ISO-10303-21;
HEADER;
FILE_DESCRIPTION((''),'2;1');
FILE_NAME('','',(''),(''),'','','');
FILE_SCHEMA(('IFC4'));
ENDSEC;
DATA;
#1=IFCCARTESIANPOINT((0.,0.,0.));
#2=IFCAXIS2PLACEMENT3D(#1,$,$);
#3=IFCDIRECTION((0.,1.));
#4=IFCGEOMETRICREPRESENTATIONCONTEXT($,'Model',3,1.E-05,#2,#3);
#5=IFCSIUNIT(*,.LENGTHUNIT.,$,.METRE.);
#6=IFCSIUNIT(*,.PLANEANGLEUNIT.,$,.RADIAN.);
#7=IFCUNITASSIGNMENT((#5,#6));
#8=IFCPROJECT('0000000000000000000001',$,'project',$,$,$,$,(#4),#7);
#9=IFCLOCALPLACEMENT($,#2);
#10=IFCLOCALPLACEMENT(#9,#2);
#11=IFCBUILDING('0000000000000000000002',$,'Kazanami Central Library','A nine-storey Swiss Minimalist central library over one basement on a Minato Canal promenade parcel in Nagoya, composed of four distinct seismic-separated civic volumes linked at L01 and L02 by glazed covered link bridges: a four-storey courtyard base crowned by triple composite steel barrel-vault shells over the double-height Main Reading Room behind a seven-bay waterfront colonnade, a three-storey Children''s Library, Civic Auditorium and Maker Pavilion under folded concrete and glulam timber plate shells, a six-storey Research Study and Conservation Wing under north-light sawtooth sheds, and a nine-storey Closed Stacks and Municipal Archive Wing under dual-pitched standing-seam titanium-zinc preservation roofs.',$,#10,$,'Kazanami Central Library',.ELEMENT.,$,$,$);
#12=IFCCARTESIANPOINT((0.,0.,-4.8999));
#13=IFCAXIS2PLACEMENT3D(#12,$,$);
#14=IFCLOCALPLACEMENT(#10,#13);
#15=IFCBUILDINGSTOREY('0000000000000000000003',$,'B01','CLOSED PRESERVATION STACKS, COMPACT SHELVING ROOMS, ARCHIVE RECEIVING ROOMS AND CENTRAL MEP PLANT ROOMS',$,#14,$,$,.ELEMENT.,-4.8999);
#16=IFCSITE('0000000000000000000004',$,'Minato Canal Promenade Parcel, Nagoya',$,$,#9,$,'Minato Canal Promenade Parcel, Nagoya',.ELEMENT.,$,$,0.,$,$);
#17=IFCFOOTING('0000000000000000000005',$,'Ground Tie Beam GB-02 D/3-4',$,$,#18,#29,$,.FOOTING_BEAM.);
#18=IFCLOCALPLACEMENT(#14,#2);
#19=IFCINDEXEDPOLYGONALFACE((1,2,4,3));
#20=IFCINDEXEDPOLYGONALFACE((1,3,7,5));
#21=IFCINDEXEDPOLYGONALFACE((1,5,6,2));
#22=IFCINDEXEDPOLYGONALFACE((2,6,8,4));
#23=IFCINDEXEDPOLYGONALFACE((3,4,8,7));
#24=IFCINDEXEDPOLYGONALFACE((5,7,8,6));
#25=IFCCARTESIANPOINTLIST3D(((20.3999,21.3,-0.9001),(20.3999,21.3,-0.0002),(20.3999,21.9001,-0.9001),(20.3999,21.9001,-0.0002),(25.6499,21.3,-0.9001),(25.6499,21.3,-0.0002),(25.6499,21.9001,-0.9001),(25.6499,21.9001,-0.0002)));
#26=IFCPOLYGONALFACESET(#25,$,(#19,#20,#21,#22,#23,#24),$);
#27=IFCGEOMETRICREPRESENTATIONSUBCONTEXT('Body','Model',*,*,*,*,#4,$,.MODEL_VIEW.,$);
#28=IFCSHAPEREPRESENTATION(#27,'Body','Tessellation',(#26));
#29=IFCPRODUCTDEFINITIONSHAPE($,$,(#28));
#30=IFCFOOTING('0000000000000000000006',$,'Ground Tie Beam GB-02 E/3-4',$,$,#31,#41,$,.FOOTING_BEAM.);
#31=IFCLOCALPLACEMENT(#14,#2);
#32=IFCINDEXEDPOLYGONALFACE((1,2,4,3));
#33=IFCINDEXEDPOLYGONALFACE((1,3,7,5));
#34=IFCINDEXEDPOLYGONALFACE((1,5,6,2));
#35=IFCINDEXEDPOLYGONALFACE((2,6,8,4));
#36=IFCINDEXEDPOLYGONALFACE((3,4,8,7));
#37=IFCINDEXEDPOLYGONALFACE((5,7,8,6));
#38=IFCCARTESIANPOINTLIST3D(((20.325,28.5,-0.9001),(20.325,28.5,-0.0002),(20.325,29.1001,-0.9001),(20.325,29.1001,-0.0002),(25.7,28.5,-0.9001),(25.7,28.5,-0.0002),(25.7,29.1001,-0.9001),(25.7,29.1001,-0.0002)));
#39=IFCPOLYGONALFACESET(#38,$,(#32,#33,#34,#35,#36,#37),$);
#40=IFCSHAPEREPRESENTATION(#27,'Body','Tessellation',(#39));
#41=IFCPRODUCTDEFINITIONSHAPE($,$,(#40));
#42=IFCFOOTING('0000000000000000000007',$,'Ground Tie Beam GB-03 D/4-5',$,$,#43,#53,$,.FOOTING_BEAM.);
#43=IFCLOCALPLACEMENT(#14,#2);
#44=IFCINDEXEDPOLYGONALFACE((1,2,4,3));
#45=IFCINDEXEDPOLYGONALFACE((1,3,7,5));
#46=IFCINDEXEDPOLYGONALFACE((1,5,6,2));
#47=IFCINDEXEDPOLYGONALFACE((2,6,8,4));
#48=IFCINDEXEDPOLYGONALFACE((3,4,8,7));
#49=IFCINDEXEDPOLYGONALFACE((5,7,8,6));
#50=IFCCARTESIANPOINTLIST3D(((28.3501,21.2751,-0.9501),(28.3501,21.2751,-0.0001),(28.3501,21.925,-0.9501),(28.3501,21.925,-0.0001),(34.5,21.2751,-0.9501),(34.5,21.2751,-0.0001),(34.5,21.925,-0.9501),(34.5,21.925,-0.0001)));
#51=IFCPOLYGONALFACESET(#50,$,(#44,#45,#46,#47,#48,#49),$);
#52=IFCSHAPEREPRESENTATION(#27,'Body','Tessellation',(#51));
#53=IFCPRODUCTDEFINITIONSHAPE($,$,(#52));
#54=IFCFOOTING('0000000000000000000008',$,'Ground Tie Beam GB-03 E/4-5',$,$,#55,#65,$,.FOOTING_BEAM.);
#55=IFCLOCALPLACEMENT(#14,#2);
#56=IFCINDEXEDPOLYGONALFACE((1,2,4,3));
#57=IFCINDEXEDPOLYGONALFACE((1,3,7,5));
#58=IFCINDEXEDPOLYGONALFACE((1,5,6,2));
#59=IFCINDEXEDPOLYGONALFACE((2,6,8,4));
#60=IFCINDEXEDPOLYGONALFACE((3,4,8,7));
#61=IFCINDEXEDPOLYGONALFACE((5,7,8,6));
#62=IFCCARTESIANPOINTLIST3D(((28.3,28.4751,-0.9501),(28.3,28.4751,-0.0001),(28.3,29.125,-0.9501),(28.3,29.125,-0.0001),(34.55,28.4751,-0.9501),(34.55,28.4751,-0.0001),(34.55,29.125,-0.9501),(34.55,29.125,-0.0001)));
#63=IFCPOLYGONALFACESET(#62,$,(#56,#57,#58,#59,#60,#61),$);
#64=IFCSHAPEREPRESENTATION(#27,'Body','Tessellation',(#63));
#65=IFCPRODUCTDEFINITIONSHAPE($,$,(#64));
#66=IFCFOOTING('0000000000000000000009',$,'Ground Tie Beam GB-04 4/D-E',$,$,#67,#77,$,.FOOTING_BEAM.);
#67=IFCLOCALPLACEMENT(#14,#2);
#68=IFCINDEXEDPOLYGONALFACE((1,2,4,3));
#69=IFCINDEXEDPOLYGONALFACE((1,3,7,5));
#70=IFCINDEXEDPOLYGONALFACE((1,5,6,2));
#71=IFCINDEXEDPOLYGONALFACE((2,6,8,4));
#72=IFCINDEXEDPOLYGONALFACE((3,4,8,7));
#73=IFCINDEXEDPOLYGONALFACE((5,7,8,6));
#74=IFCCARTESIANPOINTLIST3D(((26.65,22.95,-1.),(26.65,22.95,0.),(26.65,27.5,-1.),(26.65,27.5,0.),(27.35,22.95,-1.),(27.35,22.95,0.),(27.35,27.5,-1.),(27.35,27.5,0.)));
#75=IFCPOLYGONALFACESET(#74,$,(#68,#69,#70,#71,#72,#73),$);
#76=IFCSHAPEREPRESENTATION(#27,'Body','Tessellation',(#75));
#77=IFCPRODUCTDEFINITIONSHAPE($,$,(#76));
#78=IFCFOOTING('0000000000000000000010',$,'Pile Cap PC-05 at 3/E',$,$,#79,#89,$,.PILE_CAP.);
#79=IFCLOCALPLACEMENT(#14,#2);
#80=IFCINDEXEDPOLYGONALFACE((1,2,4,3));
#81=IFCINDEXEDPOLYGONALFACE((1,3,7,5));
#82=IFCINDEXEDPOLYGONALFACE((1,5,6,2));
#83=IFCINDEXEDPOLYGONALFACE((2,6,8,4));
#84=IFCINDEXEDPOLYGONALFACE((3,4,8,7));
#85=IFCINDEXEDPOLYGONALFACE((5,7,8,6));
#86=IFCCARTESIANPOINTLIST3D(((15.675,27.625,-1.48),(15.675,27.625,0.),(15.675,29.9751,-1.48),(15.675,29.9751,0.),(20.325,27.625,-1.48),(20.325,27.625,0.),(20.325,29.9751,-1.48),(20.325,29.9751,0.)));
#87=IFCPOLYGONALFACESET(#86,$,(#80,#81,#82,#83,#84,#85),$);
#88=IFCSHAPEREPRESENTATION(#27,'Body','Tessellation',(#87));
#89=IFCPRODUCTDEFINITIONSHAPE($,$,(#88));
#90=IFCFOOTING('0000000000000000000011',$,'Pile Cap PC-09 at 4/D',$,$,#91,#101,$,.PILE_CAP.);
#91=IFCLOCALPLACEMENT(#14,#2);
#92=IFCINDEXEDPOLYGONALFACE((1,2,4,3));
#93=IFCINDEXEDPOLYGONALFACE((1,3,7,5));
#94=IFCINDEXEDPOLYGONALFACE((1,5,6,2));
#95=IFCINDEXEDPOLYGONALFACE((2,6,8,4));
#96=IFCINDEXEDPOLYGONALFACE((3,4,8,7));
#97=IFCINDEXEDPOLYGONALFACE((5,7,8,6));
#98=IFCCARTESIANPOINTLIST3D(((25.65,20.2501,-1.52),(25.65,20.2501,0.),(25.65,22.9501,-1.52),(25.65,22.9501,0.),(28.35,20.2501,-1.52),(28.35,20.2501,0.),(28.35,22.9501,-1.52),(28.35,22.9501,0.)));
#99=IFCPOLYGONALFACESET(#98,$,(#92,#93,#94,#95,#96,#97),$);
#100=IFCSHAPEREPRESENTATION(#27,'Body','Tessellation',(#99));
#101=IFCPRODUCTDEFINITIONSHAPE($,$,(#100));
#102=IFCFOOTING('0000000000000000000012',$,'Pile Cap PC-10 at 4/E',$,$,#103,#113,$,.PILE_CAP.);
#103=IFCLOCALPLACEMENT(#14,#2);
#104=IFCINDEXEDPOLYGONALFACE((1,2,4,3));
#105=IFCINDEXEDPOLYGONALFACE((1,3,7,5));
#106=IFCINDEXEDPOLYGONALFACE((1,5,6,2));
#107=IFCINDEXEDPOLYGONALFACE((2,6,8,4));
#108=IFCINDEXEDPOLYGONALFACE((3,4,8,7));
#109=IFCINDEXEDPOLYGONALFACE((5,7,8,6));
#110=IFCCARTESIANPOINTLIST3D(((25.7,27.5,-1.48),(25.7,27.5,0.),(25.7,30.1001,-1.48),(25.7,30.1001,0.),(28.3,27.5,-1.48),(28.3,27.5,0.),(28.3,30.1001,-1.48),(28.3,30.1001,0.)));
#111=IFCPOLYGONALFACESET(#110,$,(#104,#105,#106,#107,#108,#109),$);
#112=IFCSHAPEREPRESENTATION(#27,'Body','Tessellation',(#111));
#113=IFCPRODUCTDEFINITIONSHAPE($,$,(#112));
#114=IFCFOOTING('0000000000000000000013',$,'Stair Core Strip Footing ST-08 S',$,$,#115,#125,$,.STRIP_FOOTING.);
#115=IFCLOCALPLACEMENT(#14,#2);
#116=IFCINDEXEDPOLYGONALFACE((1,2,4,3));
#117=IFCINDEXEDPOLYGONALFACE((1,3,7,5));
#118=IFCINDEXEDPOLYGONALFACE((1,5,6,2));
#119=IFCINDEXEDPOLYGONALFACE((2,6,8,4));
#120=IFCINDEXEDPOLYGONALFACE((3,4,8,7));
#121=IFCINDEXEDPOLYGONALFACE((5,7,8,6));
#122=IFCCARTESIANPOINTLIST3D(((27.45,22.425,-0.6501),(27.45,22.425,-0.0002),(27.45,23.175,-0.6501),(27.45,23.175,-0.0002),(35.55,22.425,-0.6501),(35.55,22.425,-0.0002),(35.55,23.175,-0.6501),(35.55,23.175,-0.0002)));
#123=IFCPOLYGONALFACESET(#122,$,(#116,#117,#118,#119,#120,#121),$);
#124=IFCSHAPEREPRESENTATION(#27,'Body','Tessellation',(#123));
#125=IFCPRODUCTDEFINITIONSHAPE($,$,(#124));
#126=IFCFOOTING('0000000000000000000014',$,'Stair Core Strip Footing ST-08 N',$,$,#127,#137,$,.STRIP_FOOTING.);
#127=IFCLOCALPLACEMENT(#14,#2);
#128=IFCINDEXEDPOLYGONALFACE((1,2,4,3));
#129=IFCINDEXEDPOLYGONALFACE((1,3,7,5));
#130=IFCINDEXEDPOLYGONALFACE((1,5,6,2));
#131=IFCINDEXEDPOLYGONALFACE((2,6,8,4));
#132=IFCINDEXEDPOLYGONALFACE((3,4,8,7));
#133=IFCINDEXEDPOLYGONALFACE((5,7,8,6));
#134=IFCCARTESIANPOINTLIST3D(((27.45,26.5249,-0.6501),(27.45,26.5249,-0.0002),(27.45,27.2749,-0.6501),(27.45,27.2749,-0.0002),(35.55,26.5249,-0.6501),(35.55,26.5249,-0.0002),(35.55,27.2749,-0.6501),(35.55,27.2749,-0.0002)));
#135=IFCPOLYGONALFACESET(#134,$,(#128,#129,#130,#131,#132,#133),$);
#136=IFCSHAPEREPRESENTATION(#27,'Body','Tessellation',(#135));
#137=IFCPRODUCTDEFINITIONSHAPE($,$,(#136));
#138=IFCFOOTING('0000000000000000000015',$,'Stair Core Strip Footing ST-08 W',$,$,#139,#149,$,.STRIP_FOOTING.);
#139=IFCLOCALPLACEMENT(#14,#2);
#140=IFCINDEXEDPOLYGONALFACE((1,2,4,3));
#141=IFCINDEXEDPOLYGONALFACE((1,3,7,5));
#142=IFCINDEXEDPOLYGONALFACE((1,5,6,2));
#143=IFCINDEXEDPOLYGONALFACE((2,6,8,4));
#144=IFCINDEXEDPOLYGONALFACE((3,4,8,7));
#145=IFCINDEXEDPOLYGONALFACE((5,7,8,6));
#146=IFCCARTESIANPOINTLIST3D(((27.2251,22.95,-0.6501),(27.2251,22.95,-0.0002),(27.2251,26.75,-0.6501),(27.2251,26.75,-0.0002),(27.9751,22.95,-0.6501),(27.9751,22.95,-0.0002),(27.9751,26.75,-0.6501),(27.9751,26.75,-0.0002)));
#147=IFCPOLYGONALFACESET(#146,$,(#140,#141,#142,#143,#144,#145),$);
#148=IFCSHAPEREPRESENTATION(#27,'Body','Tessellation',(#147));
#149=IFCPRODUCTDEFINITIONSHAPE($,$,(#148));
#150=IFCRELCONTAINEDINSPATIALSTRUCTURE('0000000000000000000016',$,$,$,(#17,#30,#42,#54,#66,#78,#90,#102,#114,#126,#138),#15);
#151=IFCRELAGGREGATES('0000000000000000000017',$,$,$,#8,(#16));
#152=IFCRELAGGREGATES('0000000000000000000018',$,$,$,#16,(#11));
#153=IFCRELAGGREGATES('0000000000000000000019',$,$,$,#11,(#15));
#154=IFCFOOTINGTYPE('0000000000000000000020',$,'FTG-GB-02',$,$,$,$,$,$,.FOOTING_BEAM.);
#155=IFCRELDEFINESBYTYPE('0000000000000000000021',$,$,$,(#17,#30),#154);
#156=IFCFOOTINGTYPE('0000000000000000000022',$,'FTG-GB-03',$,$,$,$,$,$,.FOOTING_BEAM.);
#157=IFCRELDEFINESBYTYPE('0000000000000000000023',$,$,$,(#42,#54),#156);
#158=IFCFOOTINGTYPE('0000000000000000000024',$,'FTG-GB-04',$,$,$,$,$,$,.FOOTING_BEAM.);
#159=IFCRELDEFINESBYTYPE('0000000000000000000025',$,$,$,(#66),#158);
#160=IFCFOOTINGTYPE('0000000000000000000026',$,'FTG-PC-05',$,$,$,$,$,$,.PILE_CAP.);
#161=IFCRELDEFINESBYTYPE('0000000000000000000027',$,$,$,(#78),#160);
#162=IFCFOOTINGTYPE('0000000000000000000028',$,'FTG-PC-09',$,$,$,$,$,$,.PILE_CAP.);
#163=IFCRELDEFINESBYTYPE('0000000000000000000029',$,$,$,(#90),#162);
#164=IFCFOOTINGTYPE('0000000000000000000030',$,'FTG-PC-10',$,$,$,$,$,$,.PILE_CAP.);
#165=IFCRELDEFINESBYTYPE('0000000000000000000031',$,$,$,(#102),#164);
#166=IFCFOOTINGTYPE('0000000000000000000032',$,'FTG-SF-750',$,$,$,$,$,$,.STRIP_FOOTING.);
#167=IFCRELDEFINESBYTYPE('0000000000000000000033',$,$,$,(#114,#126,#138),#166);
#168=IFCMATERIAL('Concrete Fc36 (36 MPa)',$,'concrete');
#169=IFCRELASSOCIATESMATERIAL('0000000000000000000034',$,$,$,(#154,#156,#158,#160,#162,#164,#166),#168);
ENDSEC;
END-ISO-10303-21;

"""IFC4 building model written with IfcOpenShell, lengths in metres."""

from ifc_helpers import new_model, si_unit, direction, frame, origin, origin_2d, place, context, subcontext, project, spatial, rectangle, extrude, material, material_profile, profile_set, type_object, element, save


model = new_model("IFC4")

# Units and contexts
model_context = context("Model", 3, precision=1e-05, world=origin(), true_north=direction((0.0, 1.0)))
body_context = subcontext(model_context, "Body", "Model", "MODEL_VIEW")
ifc_project = project(units=[si_unit("LENGTHUNIT", "METRE"), si_unit("PLANEANGLEUNIT", "RADIAN")], contexts=[model_context])

# Site, building, storey
site_placement = place(None, origin())
site = spatial("IfcSite", under=ifc_project, at=site_placement, Name="Minato Canal Promenade Parcel, Nagoya", LongName="Minato Canal Promenade Parcel, Nagoya", CompositionType="ELEMENT", RefElevation=0.0)
building_placement = place(site_placement, origin())
building = spatial("IfcBuilding", under=site, at=building_placement, Name="Kazanami Central Library", Description="A nine-storey Swiss Minimalist central library over one basement on a Minato Canal promenade parcel in Nagoya, composed of four distinct seismic-separated civic volumes linked at L01 and L02 by glazed covered link bridges: a four-storey courtyard base crowned by triple composite steel barrel-vault shells over the double-height Main Reading Room behind a seven-bay waterfront colonnade, a three-storey Children's Library, Civic Auditorium and Maker Pavilion under folded concrete and glulam timber plate shells, a six-storey Research Study and Conservation Wing under north-light sawtooth sheds, and a nine-storey Closed Stacks and Municipal Archive Wing under dual-pitched standing-seam titanium-zinc preservation roofs.", LongName="Kazanami Central Library", CompositionType="ELEMENT")
storey_placement = place(building_placement, frame((0.0, 0.0, -4.8999)))
storey = spatial("IfcBuildingStorey", under=building, at=storey_placement, Name="B01", Description="CLOSED PRESERVATION STACKS, COMPACT SHELVING ROOMS, ARCHIVE RECEIVING ROOMS AND CENTRAL MEP PLANT ROOMS", CompositionType="ELEMENT", Elevation=-4.8999)

# Footings
ifc_material_1 = material(Name="Concrete Fc36 (36 MPa)", Category="concrete")
ifc_material_profile_1 = material_profile(ifc_material_1, rectangle(XDim=0.6001, YDim=0.8999, at=origin_2d()), Name="RC-600x900")
ifc_profile_set_1 = profile_set([ifc_material_profile_1], Name="Concrete Fc36 (36 MPa)")
footing_type_1 = type_object("IfcFootingType", Name="FTG-GB-02", PredefinedType="FOOTING_BEAM", material=ifc_profile_set_1)
footing_1_placement = place(storey_placement, frame((20.3999, 21.6001, -0.4502), z_axis=(1.0, 0.0, 0.0), x_axis=(0.0, 1.0, 0.0)))
element("IfcFooting", 1, at=footing_1_placement, inside=storey, type_object=footing_type_1, Name="Ground Tie Beam GB-02 D/3-4", PredefinedType="FOOTING_BEAM", context=body_context, shape_type="SweptSolid", body=[
    extrude(rectangle(XDim=0.6001, YDim=0.8999, at=origin_2d()), origin(), (0.0, 0.0, 1.0), 5.25),
])
footing_2_placement = place(storey_placement, frame((20.325, 28.8, -0.4502), z_axis=(1.0, 0.0, 0.0), x_axis=(0.0, 1.0, 0.0)))
element("IfcFooting", 2, at=footing_2_placement, inside=storey, type_object=footing_type_1, Name="Ground Tie Beam GB-02 E/3-4", PredefinedType="FOOTING_BEAM", context=body_context, shape_type="SweptSolid", body=[
    extrude(rectangle(XDim=0.6001, YDim=0.8999, at=origin_2d()), origin(), (0.0, 0.0, 1.0), 5.375),
])
ifc_material_profile_2 = material_profile(ifc_material_1, rectangle(XDim=0.6499, YDim=0.95, at=origin_2d()), Name="RC-650x950")
ifc_profile_set_2 = profile_set([ifc_material_profile_2], Name="Concrete Fc36 (36 MPa)")
footing_type_2 = type_object("IfcFootingType", Name="FTG-GB-03", PredefinedType="FOOTING_BEAM", material=ifc_profile_set_2)
footing_3_placement = place(storey_placement, frame((28.3501, 21.6001, -0.4751), z_axis=(1.0, 0.0, 0.0), x_axis=(0.0, 1.0, 0.0)))
element("IfcFooting", 3, at=footing_3_placement, inside=storey, type_object=footing_type_2, Name="Ground Tie Beam GB-03 D/4-5", PredefinedType="FOOTING_BEAM", context=body_context, shape_type="SweptSolid", body=[
    extrude(rectangle(XDim=0.6499, YDim=0.95, at=origin_2d()), origin(), (0.0, 0.0, 1.0), 6.1499),
])
footing_4_placement = place(storey_placement, frame((28.3, 28.8, -0.4751), z_axis=(1.0, 0.0, 0.0), x_axis=(0.0, 1.0, 0.0)))
element("IfcFooting", 4, at=footing_4_placement, inside=storey, type_object=footing_type_2, Name="Ground Tie Beam GB-03 E/4-5", PredefinedType="FOOTING_BEAM", context=body_context, shape_type="SweptSolid", body=[
    extrude(rectangle(XDim=0.6499, YDim=0.95, at=origin_2d()), origin(), (0.0, 0.0, 1.0), 6.25),
])
ifc_material_profile_3 = material_profile(ifc_material_1, rectangle(XDim=0.7, YDim=1.0, at=origin_2d()), Name="RC-700x1000")
ifc_profile_set_3 = profile_set([ifc_material_profile_3], Name="Concrete Fc36 (36 MPa)")
footing_type_3 = type_object("IfcFootingType", Name="FTG-GB-04", PredefinedType="FOOTING_BEAM", material=ifc_profile_set_3)
footing_5_placement = place(storey_placement, frame((27.0, 22.95, -0.5), z_axis=(0.0, 1.0, 0.0), x_axis=(-1.0, 0.0, 0.0)))
element("IfcFooting", 5, at=footing_5_placement, inside=storey, type_object=footing_type_3, Name="Ground Tie Beam GB-04 4/D-E", PredefinedType="FOOTING_BEAM", context=body_context, shape_type="SweptSolid", body=[
    extrude(rectangle(XDim=0.7, YDim=1.0, at=origin_2d()), origin(), (0.0, 0.0, 1.0), 4.55),
])
footing_type_4 = type_object("IfcFootingType", Name="FTG-PC-05", PredefinedType="PILE_CAP", material=ifc_material_1)
footing_6_placement = place(storey_placement, frame((18.0, 28.8, -1.48), z_axis=(0.0, 0.0, 1.0), x_axis=(1.0, 0.0, 0.0)))
element("IfcFooting", 6, at=footing_6_placement, inside=storey, type_object=footing_type_4, Name="Pile Cap PC-05 at 3/E", PredefinedType="PILE_CAP", context=body_context, shape_type="SweptSolid", body=[
    extrude(rectangle(XDim=4.6499, YDim=2.3501, at=origin_2d()), origin(), (0.0, 0.0, 1.0), 1.48),
])
footing_type_5 = type_object("IfcFootingType", Name="FTG-PC-09", PredefinedType="PILE_CAP", material=ifc_material_1)
footing_7_placement = place(storey_placement, frame((27.0, 21.6001, -1.52), z_axis=(0.0, 0.0, 1.0), x_axis=(1.0, 0.0, 0.0)))
element("IfcFooting", 7, at=footing_7_placement, inside=storey, type_object=footing_type_5, Name="Pile Cap PC-09 at 4/D", PredefinedType="PILE_CAP", context=body_context, shape_type="SweptSolid", body=[
    extrude(rectangle(XDim=2.7, YDim=2.7, at=origin_2d()), origin(), (0.0, 0.0, 1.0), 1.52),
])
footing_type_6 = type_object("IfcFootingType", Name="FTG-PC-10", PredefinedType="PILE_CAP", material=ifc_material_1)
footing_8_placement = place(storey_placement, frame((27.0, 28.8, -1.48), z_axis=(0.0, 0.0, 1.0), x_axis=(1.0, 0.0, 0.0)))
element("IfcFooting", 8, at=footing_8_placement, inside=storey, type_object=footing_type_6, Name="Pile Cap PC-10 at 4/E", PredefinedType="PILE_CAP", context=body_context, shape_type="SweptSolid", body=[
    extrude(rectangle(XDim=2.6001, YDim=2.6001, at=origin_2d()), origin(), (0.0, 0.0, 1.0), 1.48),
])
ifc_material_profile_4 = material_profile(ifc_material_1, rectangle(XDim=0.75, YDim=0.6499, at=origin_2d()), Name="RC-750x650")
ifc_profile_set_4 = profile_set([ifc_material_profile_4], Name="Concrete Fc36 (36 MPa)")
footing_type_7 = type_object("IfcFootingType", Name="FTG-SF-750", PredefinedType="STRIP_FOOTING", material=ifc_profile_set_4)
for number, where, z_axis, x_axis, name in (
    (9, (27.45, 22.8, -0.3252), (1.0, 0.0, 0.0), (0.0, 1.0, 0.0), "Stair Core Strip Footing ST-08 S"),
    (10, (27.45, 26.8999, -0.3252), (1.0, 0.0, 0.0), (0.0, 1.0, 0.0), "Stair Core Strip Footing ST-08 N"),
):
    element("IfcFooting", number, at=place(storey_placement, frame(where, z_axis=z_axis, x_axis=x_axis)), inside=storey, type_object=footing_type_7, Name=name, PredefinedType="STRIP_FOOTING", context=body_context, shape_type="SweptSolid", body=[
        extrude(rectangle(XDim=0.75, YDim=0.6499, at=origin_2d()), origin(), (0.0, 0.0, 1.0), 8.1001),
    ])
footing_9_placement = place(storey_placement, frame((27.6001, 22.95, -0.3252), z_axis=(0.0, 1.0, 0.0), x_axis=(-1.0, 0.0, 0.0)))
element("IfcFooting", 11, at=footing_9_placement, inside=storey, type_object=footing_type_7, Name="Stair Core Strip Footing ST-08 W", PredefinedType="STRIP_FOOTING", context=body_context, shape_type="SweptSolid", body=[
    extrude(rectangle(XDim=0.75, YDim=0.6499, at=origin_2d()), origin(), (0.0, 0.0, 1.0), 3.8),
])

save(model, "model.ifc")
